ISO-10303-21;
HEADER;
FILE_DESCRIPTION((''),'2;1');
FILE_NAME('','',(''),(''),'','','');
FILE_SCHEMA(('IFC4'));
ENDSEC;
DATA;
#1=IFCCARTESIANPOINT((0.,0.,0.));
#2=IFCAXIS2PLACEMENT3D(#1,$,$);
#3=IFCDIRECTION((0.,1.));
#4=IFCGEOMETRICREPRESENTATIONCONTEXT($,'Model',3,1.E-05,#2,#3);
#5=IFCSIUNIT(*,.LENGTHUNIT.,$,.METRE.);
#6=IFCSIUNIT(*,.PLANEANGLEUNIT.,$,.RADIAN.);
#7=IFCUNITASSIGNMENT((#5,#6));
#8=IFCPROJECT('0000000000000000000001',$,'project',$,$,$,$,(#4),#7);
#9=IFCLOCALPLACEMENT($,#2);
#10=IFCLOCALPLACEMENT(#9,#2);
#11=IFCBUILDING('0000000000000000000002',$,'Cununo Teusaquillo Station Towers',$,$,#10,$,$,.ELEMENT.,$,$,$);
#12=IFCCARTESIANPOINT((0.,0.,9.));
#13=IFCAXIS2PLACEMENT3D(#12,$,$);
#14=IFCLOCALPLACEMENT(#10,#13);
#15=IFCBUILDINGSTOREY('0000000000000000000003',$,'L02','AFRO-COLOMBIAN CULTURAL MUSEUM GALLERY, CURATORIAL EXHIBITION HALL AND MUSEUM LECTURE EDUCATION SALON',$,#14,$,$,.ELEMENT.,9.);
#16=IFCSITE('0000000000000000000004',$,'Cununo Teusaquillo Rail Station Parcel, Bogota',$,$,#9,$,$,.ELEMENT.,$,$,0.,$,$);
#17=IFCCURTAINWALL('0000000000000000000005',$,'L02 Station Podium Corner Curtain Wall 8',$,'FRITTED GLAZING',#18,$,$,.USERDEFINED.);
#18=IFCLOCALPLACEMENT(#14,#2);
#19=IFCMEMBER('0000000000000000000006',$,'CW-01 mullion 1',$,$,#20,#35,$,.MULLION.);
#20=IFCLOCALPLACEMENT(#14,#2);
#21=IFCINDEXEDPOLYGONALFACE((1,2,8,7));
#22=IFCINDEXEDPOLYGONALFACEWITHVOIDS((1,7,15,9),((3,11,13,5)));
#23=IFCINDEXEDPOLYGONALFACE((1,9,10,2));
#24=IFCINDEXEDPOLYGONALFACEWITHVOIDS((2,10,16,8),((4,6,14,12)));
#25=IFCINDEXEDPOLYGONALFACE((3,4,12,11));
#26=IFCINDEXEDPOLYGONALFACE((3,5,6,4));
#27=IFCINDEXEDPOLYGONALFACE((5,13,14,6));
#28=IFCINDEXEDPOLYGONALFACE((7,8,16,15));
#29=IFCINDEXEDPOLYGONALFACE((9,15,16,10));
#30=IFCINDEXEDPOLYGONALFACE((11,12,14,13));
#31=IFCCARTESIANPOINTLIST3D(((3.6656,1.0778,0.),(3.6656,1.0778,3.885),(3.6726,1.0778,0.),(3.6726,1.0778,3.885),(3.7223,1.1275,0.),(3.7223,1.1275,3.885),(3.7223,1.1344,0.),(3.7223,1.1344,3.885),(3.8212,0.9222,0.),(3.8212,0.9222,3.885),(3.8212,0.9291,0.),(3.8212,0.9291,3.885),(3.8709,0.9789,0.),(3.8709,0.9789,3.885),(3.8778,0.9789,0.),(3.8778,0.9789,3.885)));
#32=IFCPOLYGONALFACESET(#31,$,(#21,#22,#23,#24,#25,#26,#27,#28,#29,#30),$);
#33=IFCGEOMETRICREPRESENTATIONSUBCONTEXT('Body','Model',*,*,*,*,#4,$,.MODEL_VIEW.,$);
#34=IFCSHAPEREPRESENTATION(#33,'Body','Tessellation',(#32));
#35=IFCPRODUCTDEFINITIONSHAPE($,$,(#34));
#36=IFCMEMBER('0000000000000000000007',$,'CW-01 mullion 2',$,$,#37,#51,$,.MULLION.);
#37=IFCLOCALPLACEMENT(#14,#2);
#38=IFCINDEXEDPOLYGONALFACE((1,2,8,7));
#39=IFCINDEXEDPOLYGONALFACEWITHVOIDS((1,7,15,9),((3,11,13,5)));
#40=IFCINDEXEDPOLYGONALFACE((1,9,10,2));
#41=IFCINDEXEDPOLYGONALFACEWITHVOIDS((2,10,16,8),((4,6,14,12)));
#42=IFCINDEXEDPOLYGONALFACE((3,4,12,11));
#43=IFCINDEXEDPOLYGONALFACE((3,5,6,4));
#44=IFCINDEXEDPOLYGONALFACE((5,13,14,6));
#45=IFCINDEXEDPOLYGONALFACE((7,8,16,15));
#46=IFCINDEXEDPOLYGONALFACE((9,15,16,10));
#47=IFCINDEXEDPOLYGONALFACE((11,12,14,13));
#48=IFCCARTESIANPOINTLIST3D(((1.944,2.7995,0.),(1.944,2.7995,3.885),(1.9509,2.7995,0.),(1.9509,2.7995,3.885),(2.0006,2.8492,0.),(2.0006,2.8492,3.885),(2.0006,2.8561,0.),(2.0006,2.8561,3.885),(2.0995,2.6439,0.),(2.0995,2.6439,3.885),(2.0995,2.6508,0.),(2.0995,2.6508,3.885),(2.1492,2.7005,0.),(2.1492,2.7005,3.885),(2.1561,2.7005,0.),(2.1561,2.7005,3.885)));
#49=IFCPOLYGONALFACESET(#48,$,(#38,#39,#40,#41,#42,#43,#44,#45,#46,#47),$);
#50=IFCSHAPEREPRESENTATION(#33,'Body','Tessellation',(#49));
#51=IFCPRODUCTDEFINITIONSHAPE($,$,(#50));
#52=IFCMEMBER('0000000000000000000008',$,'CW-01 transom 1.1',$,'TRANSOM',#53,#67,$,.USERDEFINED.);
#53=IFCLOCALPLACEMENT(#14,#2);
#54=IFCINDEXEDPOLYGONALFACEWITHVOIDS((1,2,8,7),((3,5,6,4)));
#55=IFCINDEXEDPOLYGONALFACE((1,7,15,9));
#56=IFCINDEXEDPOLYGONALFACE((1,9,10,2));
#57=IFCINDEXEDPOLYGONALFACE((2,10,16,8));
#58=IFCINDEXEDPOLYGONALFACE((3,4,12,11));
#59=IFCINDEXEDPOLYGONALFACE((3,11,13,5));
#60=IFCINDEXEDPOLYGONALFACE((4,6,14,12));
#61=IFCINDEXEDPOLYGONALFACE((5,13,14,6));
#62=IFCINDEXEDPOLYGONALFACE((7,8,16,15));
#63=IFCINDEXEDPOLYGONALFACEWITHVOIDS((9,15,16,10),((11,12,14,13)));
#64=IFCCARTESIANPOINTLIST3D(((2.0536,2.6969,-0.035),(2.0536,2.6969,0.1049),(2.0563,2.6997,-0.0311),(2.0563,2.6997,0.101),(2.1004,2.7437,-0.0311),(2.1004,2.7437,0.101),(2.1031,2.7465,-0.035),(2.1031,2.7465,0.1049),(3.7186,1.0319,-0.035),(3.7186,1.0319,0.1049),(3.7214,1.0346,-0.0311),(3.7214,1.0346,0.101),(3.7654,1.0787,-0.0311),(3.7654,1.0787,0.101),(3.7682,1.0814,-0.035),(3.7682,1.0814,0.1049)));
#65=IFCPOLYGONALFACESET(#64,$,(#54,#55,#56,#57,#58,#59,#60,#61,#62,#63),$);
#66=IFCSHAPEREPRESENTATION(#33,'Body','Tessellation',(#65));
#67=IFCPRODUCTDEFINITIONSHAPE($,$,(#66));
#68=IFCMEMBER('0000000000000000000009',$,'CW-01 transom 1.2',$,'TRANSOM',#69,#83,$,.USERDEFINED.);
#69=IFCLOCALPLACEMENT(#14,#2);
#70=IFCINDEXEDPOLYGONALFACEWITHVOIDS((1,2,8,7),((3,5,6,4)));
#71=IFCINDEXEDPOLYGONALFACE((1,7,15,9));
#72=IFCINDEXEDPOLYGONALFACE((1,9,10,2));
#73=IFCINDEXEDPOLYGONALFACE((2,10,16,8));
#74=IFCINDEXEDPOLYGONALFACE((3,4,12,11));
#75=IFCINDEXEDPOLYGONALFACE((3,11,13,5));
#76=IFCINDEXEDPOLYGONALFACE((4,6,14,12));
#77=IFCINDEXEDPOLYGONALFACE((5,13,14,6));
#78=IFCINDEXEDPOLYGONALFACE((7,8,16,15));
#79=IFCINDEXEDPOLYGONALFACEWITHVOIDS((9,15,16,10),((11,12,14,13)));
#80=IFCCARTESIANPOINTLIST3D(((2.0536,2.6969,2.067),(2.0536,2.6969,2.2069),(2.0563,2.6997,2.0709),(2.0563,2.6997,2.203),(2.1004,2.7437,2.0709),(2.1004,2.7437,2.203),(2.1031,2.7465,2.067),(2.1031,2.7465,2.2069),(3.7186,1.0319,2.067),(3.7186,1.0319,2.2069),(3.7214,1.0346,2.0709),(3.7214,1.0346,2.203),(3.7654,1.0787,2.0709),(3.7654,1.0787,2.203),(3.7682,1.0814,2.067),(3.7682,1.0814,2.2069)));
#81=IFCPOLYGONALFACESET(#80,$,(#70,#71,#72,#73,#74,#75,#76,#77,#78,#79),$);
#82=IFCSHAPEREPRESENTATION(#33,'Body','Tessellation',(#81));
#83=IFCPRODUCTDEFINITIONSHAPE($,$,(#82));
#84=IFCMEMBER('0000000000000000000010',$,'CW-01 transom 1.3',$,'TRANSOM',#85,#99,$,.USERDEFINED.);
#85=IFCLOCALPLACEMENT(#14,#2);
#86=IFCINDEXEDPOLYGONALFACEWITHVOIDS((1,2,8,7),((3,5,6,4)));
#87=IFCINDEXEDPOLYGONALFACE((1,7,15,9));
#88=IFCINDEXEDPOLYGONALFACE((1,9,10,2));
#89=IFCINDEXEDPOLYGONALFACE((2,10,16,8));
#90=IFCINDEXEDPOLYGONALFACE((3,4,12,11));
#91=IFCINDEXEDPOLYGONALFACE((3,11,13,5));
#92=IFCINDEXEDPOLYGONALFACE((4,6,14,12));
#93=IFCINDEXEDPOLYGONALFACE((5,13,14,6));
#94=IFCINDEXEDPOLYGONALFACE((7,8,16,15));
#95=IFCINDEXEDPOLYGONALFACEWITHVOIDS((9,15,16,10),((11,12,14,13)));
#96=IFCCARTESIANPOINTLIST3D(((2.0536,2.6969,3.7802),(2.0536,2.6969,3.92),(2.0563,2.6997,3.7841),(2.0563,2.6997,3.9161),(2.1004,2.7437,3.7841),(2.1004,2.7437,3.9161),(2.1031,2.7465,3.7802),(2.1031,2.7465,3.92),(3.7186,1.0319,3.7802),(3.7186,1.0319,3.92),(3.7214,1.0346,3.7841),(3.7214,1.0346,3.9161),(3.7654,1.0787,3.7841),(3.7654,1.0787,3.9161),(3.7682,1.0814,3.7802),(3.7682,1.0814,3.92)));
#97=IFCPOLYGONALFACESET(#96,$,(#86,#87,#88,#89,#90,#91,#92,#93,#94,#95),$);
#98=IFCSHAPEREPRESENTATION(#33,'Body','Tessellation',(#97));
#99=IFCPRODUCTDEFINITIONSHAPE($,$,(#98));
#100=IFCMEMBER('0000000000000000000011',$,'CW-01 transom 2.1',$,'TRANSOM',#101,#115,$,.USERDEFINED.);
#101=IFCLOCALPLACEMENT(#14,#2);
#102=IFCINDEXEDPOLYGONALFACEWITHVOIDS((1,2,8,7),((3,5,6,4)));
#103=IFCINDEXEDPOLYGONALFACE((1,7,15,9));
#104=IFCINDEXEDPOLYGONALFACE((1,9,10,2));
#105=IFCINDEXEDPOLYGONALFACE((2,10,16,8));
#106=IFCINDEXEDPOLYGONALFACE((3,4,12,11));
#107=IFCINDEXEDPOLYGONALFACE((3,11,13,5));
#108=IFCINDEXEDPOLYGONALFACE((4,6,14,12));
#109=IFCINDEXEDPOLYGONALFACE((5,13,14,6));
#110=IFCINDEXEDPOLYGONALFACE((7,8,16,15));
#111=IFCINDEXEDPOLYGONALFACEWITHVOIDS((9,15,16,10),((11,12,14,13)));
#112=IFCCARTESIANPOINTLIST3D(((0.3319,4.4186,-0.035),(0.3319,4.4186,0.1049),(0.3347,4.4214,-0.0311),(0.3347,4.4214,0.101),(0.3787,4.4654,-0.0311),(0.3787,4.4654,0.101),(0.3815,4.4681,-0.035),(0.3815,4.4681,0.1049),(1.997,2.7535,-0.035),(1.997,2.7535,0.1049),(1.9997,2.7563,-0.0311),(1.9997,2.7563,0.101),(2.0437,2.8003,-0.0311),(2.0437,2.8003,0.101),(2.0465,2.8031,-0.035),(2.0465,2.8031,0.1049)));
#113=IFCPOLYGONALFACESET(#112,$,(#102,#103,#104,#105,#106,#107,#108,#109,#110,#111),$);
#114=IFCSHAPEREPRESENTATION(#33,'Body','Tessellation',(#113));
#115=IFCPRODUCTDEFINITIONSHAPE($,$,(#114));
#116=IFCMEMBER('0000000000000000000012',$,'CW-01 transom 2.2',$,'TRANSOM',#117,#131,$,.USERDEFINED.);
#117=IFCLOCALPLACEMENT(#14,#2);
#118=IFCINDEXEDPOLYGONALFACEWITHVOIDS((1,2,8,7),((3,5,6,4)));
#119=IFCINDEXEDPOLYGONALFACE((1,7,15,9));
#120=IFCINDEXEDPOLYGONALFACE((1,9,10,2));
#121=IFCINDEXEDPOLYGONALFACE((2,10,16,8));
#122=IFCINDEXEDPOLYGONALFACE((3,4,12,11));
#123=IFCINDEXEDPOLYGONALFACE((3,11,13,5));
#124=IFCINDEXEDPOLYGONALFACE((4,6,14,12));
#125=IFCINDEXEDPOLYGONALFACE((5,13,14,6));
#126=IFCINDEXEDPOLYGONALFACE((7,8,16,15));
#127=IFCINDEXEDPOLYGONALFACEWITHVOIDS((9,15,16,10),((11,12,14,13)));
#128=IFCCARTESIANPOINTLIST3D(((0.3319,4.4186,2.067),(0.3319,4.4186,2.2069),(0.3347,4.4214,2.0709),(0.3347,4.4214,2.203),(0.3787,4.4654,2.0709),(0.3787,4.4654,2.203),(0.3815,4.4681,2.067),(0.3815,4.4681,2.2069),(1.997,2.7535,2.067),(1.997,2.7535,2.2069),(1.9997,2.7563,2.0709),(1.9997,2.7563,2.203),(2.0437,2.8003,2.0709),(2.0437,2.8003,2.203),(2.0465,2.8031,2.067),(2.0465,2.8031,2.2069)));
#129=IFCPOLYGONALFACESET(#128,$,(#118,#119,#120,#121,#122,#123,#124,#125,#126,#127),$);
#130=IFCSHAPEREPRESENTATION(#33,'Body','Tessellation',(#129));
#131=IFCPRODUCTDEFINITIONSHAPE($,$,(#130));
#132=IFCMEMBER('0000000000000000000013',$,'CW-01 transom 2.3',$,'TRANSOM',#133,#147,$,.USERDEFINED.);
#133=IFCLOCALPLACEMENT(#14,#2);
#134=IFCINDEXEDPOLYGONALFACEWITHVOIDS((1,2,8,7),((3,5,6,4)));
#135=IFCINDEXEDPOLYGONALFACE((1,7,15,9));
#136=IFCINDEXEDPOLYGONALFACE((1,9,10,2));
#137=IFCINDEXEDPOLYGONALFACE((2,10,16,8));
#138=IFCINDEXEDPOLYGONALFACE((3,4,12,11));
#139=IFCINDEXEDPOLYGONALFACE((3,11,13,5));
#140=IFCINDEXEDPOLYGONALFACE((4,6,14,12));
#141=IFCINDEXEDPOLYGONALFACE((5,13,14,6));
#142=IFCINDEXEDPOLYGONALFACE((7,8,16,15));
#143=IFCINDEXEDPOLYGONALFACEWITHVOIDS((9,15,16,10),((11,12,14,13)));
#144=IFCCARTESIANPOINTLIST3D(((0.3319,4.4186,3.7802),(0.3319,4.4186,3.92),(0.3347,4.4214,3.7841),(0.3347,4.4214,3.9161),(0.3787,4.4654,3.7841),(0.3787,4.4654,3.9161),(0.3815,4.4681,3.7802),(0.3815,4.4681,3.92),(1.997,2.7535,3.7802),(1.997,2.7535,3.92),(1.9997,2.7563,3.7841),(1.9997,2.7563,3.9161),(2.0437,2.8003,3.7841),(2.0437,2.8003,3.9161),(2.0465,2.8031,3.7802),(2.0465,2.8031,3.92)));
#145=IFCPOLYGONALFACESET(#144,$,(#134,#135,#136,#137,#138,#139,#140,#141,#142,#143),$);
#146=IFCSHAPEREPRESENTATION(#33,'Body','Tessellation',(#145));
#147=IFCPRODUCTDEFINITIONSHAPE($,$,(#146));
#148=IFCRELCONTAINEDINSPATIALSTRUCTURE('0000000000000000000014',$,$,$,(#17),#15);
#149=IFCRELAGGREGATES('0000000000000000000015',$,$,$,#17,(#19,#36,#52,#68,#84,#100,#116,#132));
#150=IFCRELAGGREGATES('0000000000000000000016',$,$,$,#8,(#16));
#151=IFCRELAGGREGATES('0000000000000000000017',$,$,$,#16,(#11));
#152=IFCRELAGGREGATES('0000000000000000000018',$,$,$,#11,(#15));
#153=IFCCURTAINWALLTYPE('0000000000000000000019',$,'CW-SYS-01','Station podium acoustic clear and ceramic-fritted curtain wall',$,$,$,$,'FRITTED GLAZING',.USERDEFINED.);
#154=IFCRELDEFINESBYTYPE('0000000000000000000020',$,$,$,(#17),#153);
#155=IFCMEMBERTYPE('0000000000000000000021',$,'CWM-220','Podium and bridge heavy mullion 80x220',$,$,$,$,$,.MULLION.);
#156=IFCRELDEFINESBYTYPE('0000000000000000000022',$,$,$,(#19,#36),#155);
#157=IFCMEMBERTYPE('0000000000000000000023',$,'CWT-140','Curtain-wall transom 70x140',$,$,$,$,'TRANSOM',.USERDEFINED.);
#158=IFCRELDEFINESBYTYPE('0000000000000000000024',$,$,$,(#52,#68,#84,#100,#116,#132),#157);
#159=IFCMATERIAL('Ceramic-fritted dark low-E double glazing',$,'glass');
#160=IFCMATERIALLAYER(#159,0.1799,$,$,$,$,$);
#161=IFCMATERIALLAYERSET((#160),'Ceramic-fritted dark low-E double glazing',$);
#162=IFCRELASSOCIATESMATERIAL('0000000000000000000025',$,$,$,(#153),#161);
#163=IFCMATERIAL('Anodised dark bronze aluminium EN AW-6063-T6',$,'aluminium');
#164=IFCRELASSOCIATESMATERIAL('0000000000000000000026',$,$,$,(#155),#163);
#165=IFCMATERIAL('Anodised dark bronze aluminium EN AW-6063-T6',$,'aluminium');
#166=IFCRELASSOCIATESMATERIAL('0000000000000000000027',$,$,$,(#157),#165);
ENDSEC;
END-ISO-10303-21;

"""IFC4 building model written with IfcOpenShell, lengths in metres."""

from ifc_helpers import new_model, si_unit, direction, frame, origin, origin_2d, place, context, subcontext, project, spatial, hollow_rectangle, extrude, material, layer, layer_set, material_profile, profile_set, type_object, element, aggregate, save


model = new_model("IFC4")

# Units and contexts
model_context = context("Model", 3, precision=1e-05, world=origin(), true_north=direction((0.0, 1.0)))
body_context = subcontext(model_context, "Body", "Model", "MODEL_VIEW")
ifc_project = project(units=[si_unit("LENGTHUNIT", "METRE"), si_unit("PLANEANGLEUNIT", "RADIAN")], contexts=[model_context])

# Site, building, storey
site_placement = place(None, origin())
site = spatial("IfcSite", under=ifc_project, at=site_placement, Name="Cununo Teusaquillo Rail Station Parcel, Bogota", CompositionType="ELEMENT", RefElevation=0.0)
building_placement = place(site_placement, origin())
building = spatial("IfcBuilding", under=site, at=building_placement, Name="Cununo Teusaquillo Station Towers", CompositionType="ELEMENT")
storey_placement = place(building_placement, frame((0.0, 0.0, 9.0)))
storey = spatial("IfcBuildingStorey", under=building, at=storey_placement, Name="L02", Description="AFRO-COLOMBIAN CULTURAL MUSEUM GALLERY, CURATORIAL EXHIBITION HALL AND MUSEUM LECTURE EDUCATION SALON", CompositionType="ELEMENT", Elevation=9.0)

# Curtain wall, members
ifc_material_1 = material(Name="Ceramic-fritted dark low-E double glazing", Category="glass")
ifc_layer_1 = layer(ifc_material_1, 0.1799)
ifc_layer_set_1 = layer_set([ifc_layer_1], Name="Ceramic-fritted dark low-E double glazing")
curtain_wall_type = type_object("IfcCurtainWallType", Name="CW-SYS-01", Description="Station podium acoustic clear and ceramic-fritted curtain wall", ElementType="FRITTED GLAZING", PredefinedType="USERDEFINED", material=ifc_layer_set_1)
curtain_wall_placement = place(storey_placement, origin())
curtain_wall = element("IfcCurtainWall", 1, at=curtain_wall_placement, inside=storey, type_object=curtain_wall_type, Name="L02 Station Podium Corner Curtain Wall 8", ObjectType="FRITTED GLAZING", PredefinedType="USERDEFINED")
ifc_material_2 = material(Name="Anodised dark bronze aluminium EN AW-6063-T6", Category="aluminium")
ifc_material_profile_1 = material_profile(ifc_material_2, hollow_rectangle(XDim=0.0801, YDim=0.22, WallThickness=0.0049, at=origin_2d()), Name="CW-MULL-80x220")
ifc_profile_set_1 = profile_set([ifc_material_profile_1], Name="Anodised dark bronze aluminium EN AW-6063-T6")
member_type_1 = type_object("IfcMemberType", Name="CWM-220", Description="Podium and bridge heavy mullion 80x220", PredefinedType="MULLION", material=ifc_profile_set_1)
member_1_placement = place(storey_placement, frame((3.7717, 1.0283, 0.0), z_axis=(0.0, 0.0, 1.0), x_axis=(-0.707107, -0.707107, 0.0)))
member_1 = element("IfcMember", 2, at=member_1_placement, type_object=member_type_1, Name="CW-01 mullion 1", PredefinedType="MULLION", context=body_context, shape_type="SweptSolid", body=[
    extrude(hollow_rectangle(XDim=0.0801, YDim=0.22, WallThickness=0.0049, at=origin_2d()), origin(), (0.0, 0.0, 1.0), 3.885),
])
member_2_placement = place(storey_placement, frame((2.05, 2.75, 0.0), z_axis=(0.0, 0.0, 1.0), x_axis=(-0.707107, -0.707107, 0.0)))
member_2 = element("IfcMember", 3, at=member_2_placement, type_object=member_type_1, Name="CW-01 mullion 2", PredefinedType="MULLION", context=body_context, shape_type="SweptSolid", body=[
    extrude(hollow_rectangle(XDim=0.0801, YDim=0.22, WallThickness=0.0049, at=origin_2d()), origin(), (0.0, 0.0, 1.0), 3.885),
])
ifc_material_3 = material(Name="Anodised dark bronze aluminium EN AW-6063-T6", Category="aluminium")
ifc_material_profile_2 = material_profile(ifc_material_3, hollow_rectangle(XDim=0.0701, YDim=0.1399, WallThickness=0.0039, at=origin_2d()), Name="CW-TRAN-70x140")
ifc_profile_set_2 = profile_set([ifc_material_profile_2], Name="Anodised dark bronze aluminium EN AW-6063-T6")
member_type_2 = type_object("IfcMemberType", Name="CWT-140", Description="Curtain-wall transom 70x140", ElementType="TRANSOM", PredefinedType="USERDEFINED", material=ifc_profile_set_2)
member_3_placement = place(storey_placement, frame((3.7434, 1.0566, 0.0349), z_axis=(-0.707107, 0.707107, 0.0), x_axis=(-0.707107, -0.707107, 0.0)))
member_3 = element("IfcMember", 4, at=member_3_placement, type_object=member_type_2, Name="CW-01 transom 1.1", ObjectType="TRANSOM", PredefinedType="USERDEFINED", context=body_context, shape_type="SweptSolid", body=[
    extrude(hollow_rectangle(XDim=0.0701, YDim=0.1399, WallThickness=0.0039, at=origin_2d()), origin(), (0.0, 0.0, 1.0), 2.3547),
])
member_4_placement = place(storey_placement, frame((3.7434, 1.0566, 2.137), z_axis=(-0.707107, 0.707107, 0.0), x_axis=(-0.707107, -0.707107, 0.0)))
member_4 = element("IfcMember", 5, at=member_4_placement, type_object=member_type_2, Name="CW-01 transom 1.2", ObjectType="TRANSOM", PredefinedType="USERDEFINED", context=body_context, shape_type="SweptSolid", body=[
    extrude(hollow_rectangle(XDim=0.0701, YDim=0.1399, WallThickness=0.0039, at=origin_2d()), origin(), (0.0, 0.0, 1.0), 2.3547),
])
member_5_placement = place(storey_placement, frame((3.7434, 1.0566, 3.8501), z_axis=(-0.707107, 0.707107, 0.0), x_axis=(-0.707107, -0.707107, 0.0)))
member_5 = element("IfcMember", 6, at=member_5_placement, type_object=member_type_2, Name="CW-01 transom 1.3", ObjectType="TRANSOM", PredefinedType="USERDEFINED", context=body_context, shape_type="SweptSolid", body=[
    extrude(hollow_rectangle(XDim=0.0701, YDim=0.1399, WallThickness=0.0039, at=origin_2d()), origin(), (0.0, 0.0, 1.0), 2.3547),
])
member_6_placement = place(storey_placement, frame((2.0217, 2.7783, 0.0349), z_axis=(-0.707107, 0.707107, 0.0), x_axis=(-0.707107, -0.707107, 0.0)))
member_6 = element("IfcMember", 7, at=member_6_placement, type_object=member_type_2, Name="CW-01 transom 2.1", ObjectType="TRANSOM", PredefinedType="USERDEFINED", context=body_context, shape_type="SweptSolid", body=[
    extrude(hollow_rectangle(XDim=0.0701, YDim=0.1399, WallThickness=0.0039, at=origin_2d()), origin(), (0.0, 0.0, 1.0), 2.3547),
])
member_7_placement = place(storey_placement, frame((2.0217, 2.7783, 2.137), z_axis=(-0.707107, 0.707107, 0.0), x_axis=(-0.707107, -0.707107, 0.0)))
member_7 = element("IfcMember", 8, at=member_7_placement, type_object=member_type_2, Name="CW-01 transom 2.2", ObjectType="TRANSOM", PredefinedType="USERDEFINED", context=body_context, shape_type="SweptSolid", body=[
    extrude(hollow_rectangle(XDim=0.0701, YDim=0.1399, WallThickness=0.0039, at=origin_2d()), origin(), (0.0, 0.0, 1.0), 2.3547),
])
member_8_placement = place(storey_placement, frame((2.0217, 2.7783, 3.8501), z_axis=(-0.707107, 0.707107, 0.0), x_axis=(-0.707107, -0.707107, 0.0)))
member_8 = element("IfcMember", 9, at=member_8_placement, type_object=member_type_2, Name="CW-01 transom 2.3", ObjectType="TRANSOM", PredefinedType="USERDEFINED", context=body_context, shape_type="SweptSolid", body=[
    extrude(hollow_rectangle(XDim=0.0701, YDim=0.1399, WallThickness=0.0039, at=origin_2d()), origin(), (0.0, 0.0, 1.0), 2.3547),
])

aggregate(curtain_wall, [member_1, member_2, member_3, member_4, member_5, member_6, member_7, member_8])

save(model, "model.ifc")
